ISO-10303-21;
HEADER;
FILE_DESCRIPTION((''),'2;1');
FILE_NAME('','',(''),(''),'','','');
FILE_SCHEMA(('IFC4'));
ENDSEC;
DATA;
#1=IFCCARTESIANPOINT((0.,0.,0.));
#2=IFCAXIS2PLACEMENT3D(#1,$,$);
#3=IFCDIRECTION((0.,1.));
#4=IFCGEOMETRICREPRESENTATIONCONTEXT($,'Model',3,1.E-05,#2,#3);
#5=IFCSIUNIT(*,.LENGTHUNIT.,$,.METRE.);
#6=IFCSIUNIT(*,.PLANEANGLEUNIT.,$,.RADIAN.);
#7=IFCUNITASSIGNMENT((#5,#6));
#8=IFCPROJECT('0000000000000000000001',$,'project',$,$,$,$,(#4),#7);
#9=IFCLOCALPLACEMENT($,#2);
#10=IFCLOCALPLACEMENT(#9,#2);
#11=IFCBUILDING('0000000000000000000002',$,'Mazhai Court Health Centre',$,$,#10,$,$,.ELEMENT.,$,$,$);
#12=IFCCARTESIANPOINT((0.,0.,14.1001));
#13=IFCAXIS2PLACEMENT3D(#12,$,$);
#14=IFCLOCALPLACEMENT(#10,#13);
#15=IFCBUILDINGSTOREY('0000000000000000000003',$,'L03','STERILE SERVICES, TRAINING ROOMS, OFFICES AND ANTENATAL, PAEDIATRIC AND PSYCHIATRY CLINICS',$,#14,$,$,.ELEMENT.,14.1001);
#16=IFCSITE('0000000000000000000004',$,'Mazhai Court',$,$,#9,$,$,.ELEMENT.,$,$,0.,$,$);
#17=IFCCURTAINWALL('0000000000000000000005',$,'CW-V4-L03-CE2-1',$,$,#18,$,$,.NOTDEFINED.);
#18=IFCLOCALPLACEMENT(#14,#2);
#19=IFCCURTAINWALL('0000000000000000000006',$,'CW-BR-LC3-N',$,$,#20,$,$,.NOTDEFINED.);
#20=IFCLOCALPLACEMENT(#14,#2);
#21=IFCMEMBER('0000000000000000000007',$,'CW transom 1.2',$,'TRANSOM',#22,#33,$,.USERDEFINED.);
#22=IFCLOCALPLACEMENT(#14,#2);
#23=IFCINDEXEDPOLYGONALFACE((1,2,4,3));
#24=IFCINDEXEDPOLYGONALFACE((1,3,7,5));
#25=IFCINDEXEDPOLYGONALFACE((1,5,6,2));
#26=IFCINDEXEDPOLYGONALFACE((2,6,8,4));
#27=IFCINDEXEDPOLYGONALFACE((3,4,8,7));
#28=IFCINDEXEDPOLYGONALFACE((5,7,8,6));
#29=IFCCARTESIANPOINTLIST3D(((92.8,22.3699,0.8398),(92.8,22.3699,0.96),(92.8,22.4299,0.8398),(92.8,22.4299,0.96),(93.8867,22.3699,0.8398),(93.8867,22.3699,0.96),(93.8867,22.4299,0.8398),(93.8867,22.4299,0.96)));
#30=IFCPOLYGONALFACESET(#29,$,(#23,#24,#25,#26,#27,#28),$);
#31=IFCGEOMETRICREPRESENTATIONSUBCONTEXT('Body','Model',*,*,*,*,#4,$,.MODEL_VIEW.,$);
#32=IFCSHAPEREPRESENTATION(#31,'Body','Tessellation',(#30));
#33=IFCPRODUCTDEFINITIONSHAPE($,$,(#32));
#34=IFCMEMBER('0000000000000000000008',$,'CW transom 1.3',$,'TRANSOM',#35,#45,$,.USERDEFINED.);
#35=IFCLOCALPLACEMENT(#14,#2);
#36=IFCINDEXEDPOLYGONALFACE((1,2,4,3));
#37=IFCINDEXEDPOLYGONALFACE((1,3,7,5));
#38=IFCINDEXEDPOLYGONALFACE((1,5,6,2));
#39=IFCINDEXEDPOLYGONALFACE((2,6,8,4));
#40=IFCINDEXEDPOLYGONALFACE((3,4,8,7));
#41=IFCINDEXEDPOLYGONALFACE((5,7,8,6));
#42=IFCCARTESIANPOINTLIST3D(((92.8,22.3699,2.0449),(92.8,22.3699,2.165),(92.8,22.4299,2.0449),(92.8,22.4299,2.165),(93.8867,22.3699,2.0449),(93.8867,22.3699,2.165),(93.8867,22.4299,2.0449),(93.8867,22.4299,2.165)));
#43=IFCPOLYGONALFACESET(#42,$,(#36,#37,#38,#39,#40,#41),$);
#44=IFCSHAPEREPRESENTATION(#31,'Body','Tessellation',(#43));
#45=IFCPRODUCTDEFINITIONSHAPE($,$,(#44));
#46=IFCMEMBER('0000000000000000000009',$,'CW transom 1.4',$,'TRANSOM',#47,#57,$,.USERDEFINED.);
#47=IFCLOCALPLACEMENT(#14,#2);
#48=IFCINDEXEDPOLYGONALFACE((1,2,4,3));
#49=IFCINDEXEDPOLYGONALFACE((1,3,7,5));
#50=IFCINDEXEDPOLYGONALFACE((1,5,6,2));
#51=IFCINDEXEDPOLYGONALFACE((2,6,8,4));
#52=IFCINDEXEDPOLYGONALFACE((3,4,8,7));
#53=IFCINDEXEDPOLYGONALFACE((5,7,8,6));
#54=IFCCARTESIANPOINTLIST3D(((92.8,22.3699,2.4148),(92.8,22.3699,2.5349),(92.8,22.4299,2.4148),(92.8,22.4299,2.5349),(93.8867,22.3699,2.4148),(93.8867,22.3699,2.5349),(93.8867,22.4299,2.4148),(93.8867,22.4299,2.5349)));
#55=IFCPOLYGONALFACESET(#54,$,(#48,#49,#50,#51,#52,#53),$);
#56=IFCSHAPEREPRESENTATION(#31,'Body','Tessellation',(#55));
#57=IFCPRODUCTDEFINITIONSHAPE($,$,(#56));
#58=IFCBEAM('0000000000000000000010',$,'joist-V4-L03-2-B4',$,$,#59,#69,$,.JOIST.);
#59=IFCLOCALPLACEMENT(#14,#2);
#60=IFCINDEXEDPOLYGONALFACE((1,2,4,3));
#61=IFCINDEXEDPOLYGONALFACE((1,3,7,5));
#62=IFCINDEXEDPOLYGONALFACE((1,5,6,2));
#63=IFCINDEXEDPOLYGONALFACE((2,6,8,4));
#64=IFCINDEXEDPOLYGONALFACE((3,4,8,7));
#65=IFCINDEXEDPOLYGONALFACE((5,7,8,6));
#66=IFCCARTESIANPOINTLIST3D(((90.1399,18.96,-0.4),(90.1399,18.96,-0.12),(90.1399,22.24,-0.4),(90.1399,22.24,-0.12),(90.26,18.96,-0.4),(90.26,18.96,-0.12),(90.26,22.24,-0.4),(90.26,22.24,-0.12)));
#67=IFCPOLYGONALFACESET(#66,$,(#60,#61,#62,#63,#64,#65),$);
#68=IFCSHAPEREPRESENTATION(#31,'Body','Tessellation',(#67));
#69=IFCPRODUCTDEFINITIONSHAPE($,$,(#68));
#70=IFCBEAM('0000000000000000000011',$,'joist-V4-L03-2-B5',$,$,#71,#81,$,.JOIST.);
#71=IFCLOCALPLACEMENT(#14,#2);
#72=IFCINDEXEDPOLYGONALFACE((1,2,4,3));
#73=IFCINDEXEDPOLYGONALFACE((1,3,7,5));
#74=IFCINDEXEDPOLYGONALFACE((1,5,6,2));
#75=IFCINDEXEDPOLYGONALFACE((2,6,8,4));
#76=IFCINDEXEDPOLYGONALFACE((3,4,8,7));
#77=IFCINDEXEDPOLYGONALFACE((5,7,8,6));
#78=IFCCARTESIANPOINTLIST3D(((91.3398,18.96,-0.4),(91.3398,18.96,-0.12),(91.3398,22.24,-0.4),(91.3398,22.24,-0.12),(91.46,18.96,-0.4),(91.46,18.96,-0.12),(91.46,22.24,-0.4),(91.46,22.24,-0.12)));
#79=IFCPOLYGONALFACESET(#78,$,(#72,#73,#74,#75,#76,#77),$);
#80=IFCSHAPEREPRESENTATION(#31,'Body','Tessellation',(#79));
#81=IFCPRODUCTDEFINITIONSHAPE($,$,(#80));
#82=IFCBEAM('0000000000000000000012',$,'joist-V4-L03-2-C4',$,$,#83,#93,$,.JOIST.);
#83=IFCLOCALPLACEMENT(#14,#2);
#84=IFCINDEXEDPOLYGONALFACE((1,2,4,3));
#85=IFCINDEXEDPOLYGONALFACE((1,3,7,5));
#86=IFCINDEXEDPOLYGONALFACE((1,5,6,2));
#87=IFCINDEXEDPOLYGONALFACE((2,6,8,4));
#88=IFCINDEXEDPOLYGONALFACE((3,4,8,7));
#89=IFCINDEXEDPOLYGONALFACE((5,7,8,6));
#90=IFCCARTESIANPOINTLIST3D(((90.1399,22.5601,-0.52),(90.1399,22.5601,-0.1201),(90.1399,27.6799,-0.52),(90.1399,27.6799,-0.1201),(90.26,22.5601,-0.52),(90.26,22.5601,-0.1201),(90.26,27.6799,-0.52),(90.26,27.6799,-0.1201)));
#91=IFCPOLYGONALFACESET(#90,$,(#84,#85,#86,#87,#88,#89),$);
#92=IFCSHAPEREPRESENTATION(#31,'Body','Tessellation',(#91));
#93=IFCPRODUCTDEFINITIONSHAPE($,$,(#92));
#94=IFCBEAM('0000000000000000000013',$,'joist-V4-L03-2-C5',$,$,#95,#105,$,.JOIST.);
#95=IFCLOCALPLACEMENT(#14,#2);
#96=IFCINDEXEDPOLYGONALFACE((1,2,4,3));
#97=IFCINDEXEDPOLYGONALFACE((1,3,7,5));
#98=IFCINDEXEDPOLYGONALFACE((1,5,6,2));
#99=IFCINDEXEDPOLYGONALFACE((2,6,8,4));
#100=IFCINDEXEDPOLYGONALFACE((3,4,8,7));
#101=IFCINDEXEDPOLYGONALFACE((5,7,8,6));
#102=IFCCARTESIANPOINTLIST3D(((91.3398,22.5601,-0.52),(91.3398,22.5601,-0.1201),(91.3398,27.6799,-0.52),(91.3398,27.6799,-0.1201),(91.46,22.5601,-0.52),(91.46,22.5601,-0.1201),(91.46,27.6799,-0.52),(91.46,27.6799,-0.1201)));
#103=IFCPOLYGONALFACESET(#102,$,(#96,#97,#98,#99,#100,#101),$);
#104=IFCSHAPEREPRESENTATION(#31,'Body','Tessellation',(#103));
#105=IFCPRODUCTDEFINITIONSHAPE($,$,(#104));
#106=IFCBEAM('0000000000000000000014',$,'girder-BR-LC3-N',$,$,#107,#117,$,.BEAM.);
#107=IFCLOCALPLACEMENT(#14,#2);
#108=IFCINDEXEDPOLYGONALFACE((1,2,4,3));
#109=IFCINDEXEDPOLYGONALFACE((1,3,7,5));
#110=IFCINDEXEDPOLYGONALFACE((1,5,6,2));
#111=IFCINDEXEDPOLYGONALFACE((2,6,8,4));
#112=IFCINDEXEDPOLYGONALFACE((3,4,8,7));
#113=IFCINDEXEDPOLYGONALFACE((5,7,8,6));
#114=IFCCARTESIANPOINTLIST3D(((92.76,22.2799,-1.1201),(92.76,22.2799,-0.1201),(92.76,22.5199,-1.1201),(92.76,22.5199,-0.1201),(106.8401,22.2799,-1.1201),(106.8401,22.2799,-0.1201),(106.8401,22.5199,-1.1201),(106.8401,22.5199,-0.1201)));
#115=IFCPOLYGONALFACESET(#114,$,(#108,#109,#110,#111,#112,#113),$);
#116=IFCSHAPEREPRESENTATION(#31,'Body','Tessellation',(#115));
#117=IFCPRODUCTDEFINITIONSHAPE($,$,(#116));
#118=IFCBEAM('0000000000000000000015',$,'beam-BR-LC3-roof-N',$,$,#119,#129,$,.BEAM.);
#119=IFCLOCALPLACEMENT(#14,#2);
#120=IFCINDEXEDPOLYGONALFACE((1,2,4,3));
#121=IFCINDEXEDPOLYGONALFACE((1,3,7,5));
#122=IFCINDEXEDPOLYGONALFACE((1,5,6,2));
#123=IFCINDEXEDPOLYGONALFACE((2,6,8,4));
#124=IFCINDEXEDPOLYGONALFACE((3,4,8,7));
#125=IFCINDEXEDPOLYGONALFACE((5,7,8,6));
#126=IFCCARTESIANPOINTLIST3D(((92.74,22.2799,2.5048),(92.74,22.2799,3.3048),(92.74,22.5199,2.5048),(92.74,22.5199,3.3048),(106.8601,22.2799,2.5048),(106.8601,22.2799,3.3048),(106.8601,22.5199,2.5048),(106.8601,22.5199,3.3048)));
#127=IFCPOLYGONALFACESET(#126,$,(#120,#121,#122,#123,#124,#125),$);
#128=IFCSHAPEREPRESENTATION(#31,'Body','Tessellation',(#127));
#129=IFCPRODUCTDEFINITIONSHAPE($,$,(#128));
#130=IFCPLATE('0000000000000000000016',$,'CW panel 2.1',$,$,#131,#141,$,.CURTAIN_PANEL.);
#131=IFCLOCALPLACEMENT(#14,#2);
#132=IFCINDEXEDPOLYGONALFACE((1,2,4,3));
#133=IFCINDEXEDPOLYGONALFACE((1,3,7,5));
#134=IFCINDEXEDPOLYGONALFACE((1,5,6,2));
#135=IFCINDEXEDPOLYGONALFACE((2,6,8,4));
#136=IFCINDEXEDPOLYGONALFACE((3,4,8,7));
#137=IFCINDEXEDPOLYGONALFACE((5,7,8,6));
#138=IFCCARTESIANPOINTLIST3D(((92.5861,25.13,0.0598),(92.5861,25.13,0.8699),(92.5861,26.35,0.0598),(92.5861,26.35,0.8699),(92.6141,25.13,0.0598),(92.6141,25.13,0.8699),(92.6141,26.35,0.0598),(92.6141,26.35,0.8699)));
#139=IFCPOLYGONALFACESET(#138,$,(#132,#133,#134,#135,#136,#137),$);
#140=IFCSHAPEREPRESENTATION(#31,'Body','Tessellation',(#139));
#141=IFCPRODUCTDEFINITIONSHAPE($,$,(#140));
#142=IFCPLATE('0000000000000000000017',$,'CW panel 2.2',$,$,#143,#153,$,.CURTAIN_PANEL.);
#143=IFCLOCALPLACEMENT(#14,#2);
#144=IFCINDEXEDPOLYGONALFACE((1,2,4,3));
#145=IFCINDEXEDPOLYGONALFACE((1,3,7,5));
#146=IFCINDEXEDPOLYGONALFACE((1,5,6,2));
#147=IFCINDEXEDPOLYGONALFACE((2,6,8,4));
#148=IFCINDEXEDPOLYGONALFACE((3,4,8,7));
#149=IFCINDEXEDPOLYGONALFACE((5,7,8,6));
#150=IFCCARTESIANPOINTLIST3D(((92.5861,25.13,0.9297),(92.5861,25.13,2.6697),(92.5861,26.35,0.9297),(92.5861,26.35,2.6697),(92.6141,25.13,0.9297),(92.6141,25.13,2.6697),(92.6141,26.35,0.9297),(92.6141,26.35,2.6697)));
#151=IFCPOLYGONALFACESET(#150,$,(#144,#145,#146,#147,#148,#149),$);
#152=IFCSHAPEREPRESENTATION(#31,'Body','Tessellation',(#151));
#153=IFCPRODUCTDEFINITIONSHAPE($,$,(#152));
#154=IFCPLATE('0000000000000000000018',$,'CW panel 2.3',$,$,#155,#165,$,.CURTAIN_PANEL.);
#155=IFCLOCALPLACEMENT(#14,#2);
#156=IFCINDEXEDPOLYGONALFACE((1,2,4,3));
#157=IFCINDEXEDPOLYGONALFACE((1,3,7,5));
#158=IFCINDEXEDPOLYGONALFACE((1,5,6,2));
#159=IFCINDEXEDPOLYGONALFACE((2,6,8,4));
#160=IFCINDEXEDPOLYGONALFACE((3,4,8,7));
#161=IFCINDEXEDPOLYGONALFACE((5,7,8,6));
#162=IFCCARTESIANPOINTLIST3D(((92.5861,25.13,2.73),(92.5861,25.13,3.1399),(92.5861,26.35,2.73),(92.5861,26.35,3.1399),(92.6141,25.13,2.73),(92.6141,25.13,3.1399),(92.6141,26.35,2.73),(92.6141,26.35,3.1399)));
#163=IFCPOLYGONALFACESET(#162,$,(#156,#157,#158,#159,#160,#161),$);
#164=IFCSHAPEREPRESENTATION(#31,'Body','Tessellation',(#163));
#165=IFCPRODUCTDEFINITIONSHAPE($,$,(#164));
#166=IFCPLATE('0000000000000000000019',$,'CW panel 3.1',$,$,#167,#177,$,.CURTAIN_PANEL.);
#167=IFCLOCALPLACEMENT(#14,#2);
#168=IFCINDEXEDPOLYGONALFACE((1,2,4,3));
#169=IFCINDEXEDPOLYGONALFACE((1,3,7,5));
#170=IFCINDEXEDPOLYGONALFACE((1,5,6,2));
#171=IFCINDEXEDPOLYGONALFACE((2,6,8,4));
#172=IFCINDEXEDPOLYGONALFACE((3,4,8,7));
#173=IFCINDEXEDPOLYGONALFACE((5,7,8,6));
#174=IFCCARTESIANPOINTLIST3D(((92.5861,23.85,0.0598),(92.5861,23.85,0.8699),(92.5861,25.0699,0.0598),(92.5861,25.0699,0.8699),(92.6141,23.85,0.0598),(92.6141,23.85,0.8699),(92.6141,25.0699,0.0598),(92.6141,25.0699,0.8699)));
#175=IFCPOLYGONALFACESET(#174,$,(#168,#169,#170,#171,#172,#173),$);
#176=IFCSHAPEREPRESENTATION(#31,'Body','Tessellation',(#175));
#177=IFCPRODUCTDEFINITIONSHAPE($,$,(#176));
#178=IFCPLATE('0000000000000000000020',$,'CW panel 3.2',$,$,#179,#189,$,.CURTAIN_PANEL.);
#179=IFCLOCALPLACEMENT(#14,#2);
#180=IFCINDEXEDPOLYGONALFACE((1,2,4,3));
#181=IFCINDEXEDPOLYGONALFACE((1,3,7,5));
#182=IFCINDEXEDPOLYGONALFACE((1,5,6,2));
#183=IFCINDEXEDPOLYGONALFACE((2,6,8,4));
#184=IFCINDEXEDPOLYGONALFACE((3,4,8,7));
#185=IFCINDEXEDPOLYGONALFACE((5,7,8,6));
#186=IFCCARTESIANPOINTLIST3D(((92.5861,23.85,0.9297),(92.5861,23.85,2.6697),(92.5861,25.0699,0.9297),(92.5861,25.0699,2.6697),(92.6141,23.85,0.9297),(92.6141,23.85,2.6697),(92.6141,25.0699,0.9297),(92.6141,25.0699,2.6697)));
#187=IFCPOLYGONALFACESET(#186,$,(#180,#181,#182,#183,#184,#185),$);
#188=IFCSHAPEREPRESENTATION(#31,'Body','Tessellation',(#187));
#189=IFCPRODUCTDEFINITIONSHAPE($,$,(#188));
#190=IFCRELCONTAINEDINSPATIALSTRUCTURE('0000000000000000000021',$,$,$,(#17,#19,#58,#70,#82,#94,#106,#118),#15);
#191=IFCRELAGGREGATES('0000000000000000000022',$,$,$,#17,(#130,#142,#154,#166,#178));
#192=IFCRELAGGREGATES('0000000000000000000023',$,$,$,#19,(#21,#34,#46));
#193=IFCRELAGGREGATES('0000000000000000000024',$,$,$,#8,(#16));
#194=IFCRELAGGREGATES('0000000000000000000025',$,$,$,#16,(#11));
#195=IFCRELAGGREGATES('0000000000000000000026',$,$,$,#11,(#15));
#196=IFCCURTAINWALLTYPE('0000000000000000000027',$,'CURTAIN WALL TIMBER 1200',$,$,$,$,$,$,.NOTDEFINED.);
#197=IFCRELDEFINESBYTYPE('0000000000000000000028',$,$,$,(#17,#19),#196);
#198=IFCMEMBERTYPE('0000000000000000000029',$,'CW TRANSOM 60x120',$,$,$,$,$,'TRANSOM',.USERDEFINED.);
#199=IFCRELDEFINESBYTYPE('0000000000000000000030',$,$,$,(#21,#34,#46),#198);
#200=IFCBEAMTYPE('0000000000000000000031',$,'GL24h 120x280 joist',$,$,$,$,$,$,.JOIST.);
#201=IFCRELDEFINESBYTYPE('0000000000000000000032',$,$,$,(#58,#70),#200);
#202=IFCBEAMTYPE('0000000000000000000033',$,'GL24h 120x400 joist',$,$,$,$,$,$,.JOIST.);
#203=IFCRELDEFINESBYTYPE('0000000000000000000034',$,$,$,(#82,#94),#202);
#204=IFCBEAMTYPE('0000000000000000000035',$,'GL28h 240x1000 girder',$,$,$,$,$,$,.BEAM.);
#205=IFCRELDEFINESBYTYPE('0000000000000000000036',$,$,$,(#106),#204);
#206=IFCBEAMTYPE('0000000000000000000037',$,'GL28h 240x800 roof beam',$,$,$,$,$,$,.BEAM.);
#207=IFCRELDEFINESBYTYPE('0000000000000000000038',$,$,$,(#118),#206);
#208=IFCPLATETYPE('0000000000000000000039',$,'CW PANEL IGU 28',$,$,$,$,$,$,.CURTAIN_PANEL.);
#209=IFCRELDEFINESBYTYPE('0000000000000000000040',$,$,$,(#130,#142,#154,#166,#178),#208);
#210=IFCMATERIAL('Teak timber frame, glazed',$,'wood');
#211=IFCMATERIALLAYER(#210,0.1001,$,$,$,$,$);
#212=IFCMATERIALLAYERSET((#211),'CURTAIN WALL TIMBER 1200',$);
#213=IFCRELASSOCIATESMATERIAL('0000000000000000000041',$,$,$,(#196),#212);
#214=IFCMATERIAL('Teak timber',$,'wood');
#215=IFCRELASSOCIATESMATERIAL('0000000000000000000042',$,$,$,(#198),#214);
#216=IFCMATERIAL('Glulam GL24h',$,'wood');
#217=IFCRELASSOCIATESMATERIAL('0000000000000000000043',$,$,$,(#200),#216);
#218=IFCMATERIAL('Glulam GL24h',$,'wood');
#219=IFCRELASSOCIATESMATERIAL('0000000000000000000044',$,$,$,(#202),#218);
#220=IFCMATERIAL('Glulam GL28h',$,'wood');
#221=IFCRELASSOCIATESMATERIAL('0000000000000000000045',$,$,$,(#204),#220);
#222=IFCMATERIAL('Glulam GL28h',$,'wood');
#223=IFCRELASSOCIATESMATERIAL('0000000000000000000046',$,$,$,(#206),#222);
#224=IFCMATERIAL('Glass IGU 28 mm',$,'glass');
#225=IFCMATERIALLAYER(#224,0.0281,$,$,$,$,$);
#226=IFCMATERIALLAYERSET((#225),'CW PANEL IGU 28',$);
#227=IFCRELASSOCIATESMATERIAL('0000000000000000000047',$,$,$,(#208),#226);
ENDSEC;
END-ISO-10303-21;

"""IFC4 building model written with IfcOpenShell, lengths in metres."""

from ifc_helpers import new_model, si_unit, direction, frame, origin, origin_2d, place, context, subcontext, project, spatial, rectangle, extrude, material, layer, layer_set, material_profile, profile_set, type_object, element, aggregate, save


model = new_model("IFC4")

# Units and contexts
model_context = context("Model", 3, precision=1e-05, world=origin(), true_north=direction((0.0, 1.0)))
body_context = subcontext(model_context, "Body", "Model", "MODEL_VIEW")
ifc_project = project(units=[si_unit("LENGTHUNIT", "METRE"), si_unit("PLANEANGLEUNIT", "RADIAN")], contexts=[model_context])

# Site, building, storey
site_placement = place(None, origin())
site = spatial("IfcSite", under=ifc_project, at=site_placement, Name="Mazhai Court", CompositionType="ELEMENT", RefElevation=0.0)
building_placement = place(site_placement, origin())
building = spatial("IfcBuilding", under=site, at=building_placement, Name="Mazhai Court Health Centre", CompositionType="ELEMENT")
storey_placement = place(building_placement, frame((0.0, 0.0, 14.1001)))
storey = spatial("IfcBuildingStorey", under=building, at=storey_placement, Name="L03", Description="STERILE SERVICES, TRAINING ROOMS, OFFICES AND ANTENATAL, PAEDIATRIC AND PSYCHIATRY CLINICS", CompositionType="ELEMENT", Elevation=14.1001)

# Curtain wall
ifc_material_1 = material(Name="Teak timber frame, glazed", Category="wood")
ifc_layer_1 = layer(ifc_material_1, 0.1001)
ifc_layer_set_1 = layer_set([ifc_layer_1], Name="CURTAIN WALL TIMBER 1200")
curtain_wall_type = type_object("IfcCurtainWallType", Name="CURTAIN WALL TIMBER 1200", PredefinedType="NOTDEFINED", material=ifc_layer_set_1)
curtain_wall_1_placement = place(storey_placement, origin())
curtain_wall_1 = element("IfcCurtainWall", 1, at=curtain_wall_1_placement, inside=storey, type_object=curtain_wall_type, Name="CW-V4-L03-CE2-1", PredefinedType="NOTDEFINED")

# Curtain wall
curtain_wall_2_placement = place(storey_placement, origin())
curtain_wall_2 = element("IfcCurtainWall", 2, at=curtain_wall_2_placement, inside=storey, type_object=curtain_wall_type, Name="CW-BR-LC3-N", PredefinedType="NOTDEFINED")

# Members
ifc_material_2 = material(Name="Teak timber", Category="wood")
ifc_material_profile_1 = material_profile(ifc_material_2, rectangle(XDim=0.0601, YDim=0.1201, at=origin_2d()), Name="CW TRANSOM 60x120")
ifc_profile_set_1 = profile_set([ifc_material_profile_1], Name="Teak timber")
member_type_1 = type_object("IfcMemberType", Name="CW TRANSOM 60x120", ElementType="TRANSOM", PredefinedType="USERDEFINED", material=ifc_profile_set_1)
member_1_placement = place(storey_placement, frame((92.8, 22.3999, 0.8999), z_axis=(1.0, 0.0, 0.0), x_axis=(0.0, 1.0, 0.0)))
member_1 = element("IfcMember", 3, at=member_1_placement, type_object=member_type_1, Name="CW transom 1.2", ObjectType="TRANSOM", PredefinedType="USERDEFINED", context=body_context, shape_type="SweptSolid", body=[
    extrude(rectangle(XDim=0.0601, YDim=0.1201, at=origin_2d()), origin(), (0.0, 0.0, 1.0), 1.0867),
])
member_2_placement = place(storey_placement, frame((92.8, 22.3999, 2.105), z_axis=(1.0, 0.0, 0.0), x_axis=(0.0, 1.0, 0.0)))
member_2 = element("IfcMember", 4, at=member_2_placement, type_object=member_type_1, Name="CW transom 1.3", ObjectType="TRANSOM", PredefinedType="USERDEFINED", context=body_context, shape_type="SweptSolid", body=[
    extrude(rectangle(XDim=0.0601, YDim=0.1201, at=origin_2d()), origin(), (0.0, 0.0, 1.0), 1.0867),
])
member_3_placement = place(storey_placement, frame((92.8, 22.3999, 2.4749), z_axis=(1.0, 0.0, 0.0), x_axis=(0.0, 1.0, 0.0)))
member_3 = element("IfcMember", 5, at=member_3_placement, type_object=member_type_1, Name="CW transom 1.4", ObjectType="TRANSOM", PredefinedType="USERDEFINED", context=body_context, shape_type="SweptSolid", body=[
    extrude(rectangle(XDim=0.0601, YDim=0.1201, at=origin_2d()), origin(), (0.0, 0.0, 1.0), 1.0867),
])

# Beams
ifc_material_3 = material(Name="Glulam GL24h", Category="wood")
ifc_material_profile_2 = material_profile(ifc_material_3, rectangle(XDim=0.1201, YDim=0.28, at=origin_2d()), Name="GL24h 120x280")
ifc_profile_set_2 = profile_set([ifc_material_profile_2], Name="Glulam GL24h")
beam_type_1 = type_object("IfcBeamType", Name="GL24h 120x280 joist", PredefinedType="JOIST", material=ifc_profile_set_2)
for number, where, z_axis, x_axis, name in (
    (6, (90.2, 18.96, -0.26), (0.0, 1.0, 0.0), (-1.0, 0.0, 0.0), "joist-V4-L03-2-B4"),
    (7, (91.3999, 18.96, -0.26), (0.0, 1.0, 0.0), (-1.0, 0.0, 0.0), "joist-V4-L03-2-B5"),
):
    element("IfcBeam", number, at=place(storey_placement, frame(where, z_axis=z_axis, x_axis=x_axis)), inside=storey, type_object=beam_type_1, Name=name, PredefinedType="JOIST", context=body_context, shape_type="SweptSolid", body=[
        extrude(rectangle(XDim=0.1201, YDim=0.28, at=origin_2d()), origin(), (0.0, 0.0, 1.0), 3.28),
    ])
ifc_material_4 = material(Name="Glulam GL24h", Category="wood")
ifc_material_profile_3 = material_profile(ifc_material_4, rectangle(XDim=0.1201, YDim=0.3999, at=origin_2d()), Name="GL24h 120x400")
ifc_profile_set_3 = profile_set([ifc_material_profile_3], Name="Glulam GL24h")
beam_type_2 = type_object("IfcBeamType", Name="GL24h 120x400 joist", PredefinedType="JOIST", material=ifc_profile_set_3)
for number, where, z_axis, x_axis, name in (
    (8, (90.2, 22.5601, -0.3201), (0.0, 1.0, 0.0), (-1.0, 0.0, 0.0), "joist-V4-L03-2-C4"),
    (9, (91.3999, 22.5601, -0.3201), (0.0, 1.0, 0.0), (-1.0, 0.0, 0.0), "joist-V4-L03-2-C5"),
):
    element("IfcBeam", number, at=place(storey_placement, frame(where, z_axis=z_axis, x_axis=x_axis)), inside=storey, type_object=beam_type_2, Name=name, PredefinedType="JOIST", context=body_context, shape_type="SweptSolid", body=[
        extrude(rectangle(XDim=0.1201, YDim=0.3999, at=origin_2d()), origin(), (0.0, 0.0, 1.0), 5.1199),
    ])
ifc_material_5 = material(Name="Glulam GL28h", Category="wood")
ifc_material_profile_4 = material_profile(ifc_material_5, rectangle(XDim=0.24, YDim=1.0, at=origin_2d()), Name="GL28h 240x1000")
ifc_profile_set_4 = profile_set([ifc_material_profile_4], Name="Glulam GL28h")
beam_type_3 = type_object("IfcBeamType", Name="GL28h 240x1000 girder", PredefinedType="BEAM", material=ifc_profile_set_4)
beam_1_placement = place(storey_placement, frame((92.76, 22.3999, -0.6201), z_axis=(1.0, 0.0, 0.0), x_axis=(0.0, 1.0, 0.0)))
element("IfcBeam", 10, at=beam_1_placement, inside=storey, type_object=beam_type_3, Name="girder-BR-LC3-N", PredefinedType="BEAM", context=body_context, shape_type="SweptSolid", body=[
    extrude(rectangle(XDim=0.24, YDim=1.0, at=origin_2d()), origin(), (0.0, 0.0, 1.0), 14.0801),
])
ifc_material_6 = material(Name="Glulam GL28h", Category="wood")
ifc_material_profile_5 = material_profile(ifc_material_6, rectangle(XDim=0.24, YDim=0.8, at=origin_2d()), Name="GL28h 240x800")
ifc_profile_set_5 = profile_set([ifc_material_profile_5], Name="Glulam GL28h")
beam_type_4 = type_object("IfcBeamType", Name="GL28h 240x800 roof beam", PredefinedType="BEAM", material=ifc_profile_set_5)
beam_2_placement = place(storey_placement, frame((92.74, 22.3999, 2.9048), z_axis=(1.0, 0.0, 0.0), x_axis=(0.0, 1.0, 0.0)))
element("IfcBeam", 11, at=beam_2_placement, inside=storey, type_object=beam_type_4, Name="beam-BR-LC3-roof-N", PredefinedType="BEAM", context=body_context, shape_type="SweptSolid", body=[
    extrude(rectangle(XDim=0.24, YDim=0.8, at=origin_2d()), origin(), (0.0, 0.0, 1.0), 14.1201),
])

# Plates
ifc_material_7 = material(Name="Glass IGU 28 mm", Category="glass")
ifc_layer_2 = layer(ifc_material_7, 0.0281)
ifc_layer_set_2 = layer_set([ifc_layer_2], Name="CW PANEL IGU 28")
plate_type = type_object("IfcPlateType", Name="CW PANEL IGU 28", PredefinedType="CURTAIN_PANEL", material=ifc_layer_set_2)
plate_1_placement = place(storey_placement, frame((92.6001, 25.74, 0.0598), z_axis=(0.0, 0.0, 1.0), x_axis=(0.0, -1.0, 0.0)))
plate_1 = element("IfcPlate", 12, at=plate_1_placement, type_object=plate_type, Name="CW panel 2.1", PredefinedType="CURTAIN_PANEL", context=body_context, shape_type="SweptSolid", body=[
    extrude(rectangle(XDim=1.22, YDim=0.0281, at=origin_2d()), origin(), (0.0, 0.0, 1.0), 0.8101),
])
plate_2_placement = place(storey_placement, frame((92.6001, 25.74, 0.9297), z_axis=(0.0, 0.0, 1.0), x_axis=(0.0, -1.0, 0.0)))
plate_2 = element("IfcPlate", 13, at=plate_2_placement, type_object=plate_type, Name="CW panel 2.2", PredefinedType="CURTAIN_PANEL", context=body_context, shape_type="SweptSolid", body=[
    extrude(rectangle(XDim=1.22, YDim=0.0281, at=origin_2d()), origin(), (0.0, 0.0, 1.0), 1.74),
])
plate_3_placement = place(storey_placement, frame((92.6001, 25.74, 2.73), z_axis=(0.0, 0.0, 1.0), x_axis=(0.0, -1.0, 0.0)))
plate_3 = element("IfcPlate", 14, at=plate_3_placement, type_object=plate_type, Name="CW panel 2.3", PredefinedType="CURTAIN_PANEL", context=body_context, shape_type="SweptSolid", body=[
    extrude(rectangle(XDim=1.22, YDim=0.0281, at=origin_2d()), origin(), (0.0, 0.0, 1.0), 0.4099),
])
plate_4_placement = place(storey_placement, frame((92.6001, 24.46, 0.0598), z_axis=(0.0, 0.0, 1.0), x_axis=(0.0, -1.0, 0.0)))
plate_4 = element("IfcPlate", 15, at=plate_4_placement, type_object=plate_type, Name="CW panel 3.1", PredefinedType="CURTAIN_PANEL", context=body_context, shape_type="SweptSolid", body=[
    extrude(rectangle(XDim=1.22, YDim=0.0281, at=origin_2d()), origin(), (0.0, 0.0, 1.0), 0.8101),
])
plate_5_placement = place(storey_placement, frame((92.6001, 24.46, 0.9297), z_axis=(0.0, 0.0, 1.0), x_axis=(0.0, -1.0, 0.0)))
plate_5 = element("IfcPlate", 16, at=plate_5_placement, type_object=plate_type, Name="CW panel 3.2", PredefinedType="CURTAIN_PANEL", context=body_context, shape_type="SweptSolid", body=[
    extrude(rectangle(XDim=1.22, YDim=0.0281, at=origin_2d()), origin(), (0.0, 0.0, 1.0), 1.74),
])
aggregate(curtain_wall_1, [plate_1, plate_2, plate_3, plate_4, plate_5])
aggregate(curtain_wall_2, [member_1, member_2, member_3])

save(model, "model.ifc")
